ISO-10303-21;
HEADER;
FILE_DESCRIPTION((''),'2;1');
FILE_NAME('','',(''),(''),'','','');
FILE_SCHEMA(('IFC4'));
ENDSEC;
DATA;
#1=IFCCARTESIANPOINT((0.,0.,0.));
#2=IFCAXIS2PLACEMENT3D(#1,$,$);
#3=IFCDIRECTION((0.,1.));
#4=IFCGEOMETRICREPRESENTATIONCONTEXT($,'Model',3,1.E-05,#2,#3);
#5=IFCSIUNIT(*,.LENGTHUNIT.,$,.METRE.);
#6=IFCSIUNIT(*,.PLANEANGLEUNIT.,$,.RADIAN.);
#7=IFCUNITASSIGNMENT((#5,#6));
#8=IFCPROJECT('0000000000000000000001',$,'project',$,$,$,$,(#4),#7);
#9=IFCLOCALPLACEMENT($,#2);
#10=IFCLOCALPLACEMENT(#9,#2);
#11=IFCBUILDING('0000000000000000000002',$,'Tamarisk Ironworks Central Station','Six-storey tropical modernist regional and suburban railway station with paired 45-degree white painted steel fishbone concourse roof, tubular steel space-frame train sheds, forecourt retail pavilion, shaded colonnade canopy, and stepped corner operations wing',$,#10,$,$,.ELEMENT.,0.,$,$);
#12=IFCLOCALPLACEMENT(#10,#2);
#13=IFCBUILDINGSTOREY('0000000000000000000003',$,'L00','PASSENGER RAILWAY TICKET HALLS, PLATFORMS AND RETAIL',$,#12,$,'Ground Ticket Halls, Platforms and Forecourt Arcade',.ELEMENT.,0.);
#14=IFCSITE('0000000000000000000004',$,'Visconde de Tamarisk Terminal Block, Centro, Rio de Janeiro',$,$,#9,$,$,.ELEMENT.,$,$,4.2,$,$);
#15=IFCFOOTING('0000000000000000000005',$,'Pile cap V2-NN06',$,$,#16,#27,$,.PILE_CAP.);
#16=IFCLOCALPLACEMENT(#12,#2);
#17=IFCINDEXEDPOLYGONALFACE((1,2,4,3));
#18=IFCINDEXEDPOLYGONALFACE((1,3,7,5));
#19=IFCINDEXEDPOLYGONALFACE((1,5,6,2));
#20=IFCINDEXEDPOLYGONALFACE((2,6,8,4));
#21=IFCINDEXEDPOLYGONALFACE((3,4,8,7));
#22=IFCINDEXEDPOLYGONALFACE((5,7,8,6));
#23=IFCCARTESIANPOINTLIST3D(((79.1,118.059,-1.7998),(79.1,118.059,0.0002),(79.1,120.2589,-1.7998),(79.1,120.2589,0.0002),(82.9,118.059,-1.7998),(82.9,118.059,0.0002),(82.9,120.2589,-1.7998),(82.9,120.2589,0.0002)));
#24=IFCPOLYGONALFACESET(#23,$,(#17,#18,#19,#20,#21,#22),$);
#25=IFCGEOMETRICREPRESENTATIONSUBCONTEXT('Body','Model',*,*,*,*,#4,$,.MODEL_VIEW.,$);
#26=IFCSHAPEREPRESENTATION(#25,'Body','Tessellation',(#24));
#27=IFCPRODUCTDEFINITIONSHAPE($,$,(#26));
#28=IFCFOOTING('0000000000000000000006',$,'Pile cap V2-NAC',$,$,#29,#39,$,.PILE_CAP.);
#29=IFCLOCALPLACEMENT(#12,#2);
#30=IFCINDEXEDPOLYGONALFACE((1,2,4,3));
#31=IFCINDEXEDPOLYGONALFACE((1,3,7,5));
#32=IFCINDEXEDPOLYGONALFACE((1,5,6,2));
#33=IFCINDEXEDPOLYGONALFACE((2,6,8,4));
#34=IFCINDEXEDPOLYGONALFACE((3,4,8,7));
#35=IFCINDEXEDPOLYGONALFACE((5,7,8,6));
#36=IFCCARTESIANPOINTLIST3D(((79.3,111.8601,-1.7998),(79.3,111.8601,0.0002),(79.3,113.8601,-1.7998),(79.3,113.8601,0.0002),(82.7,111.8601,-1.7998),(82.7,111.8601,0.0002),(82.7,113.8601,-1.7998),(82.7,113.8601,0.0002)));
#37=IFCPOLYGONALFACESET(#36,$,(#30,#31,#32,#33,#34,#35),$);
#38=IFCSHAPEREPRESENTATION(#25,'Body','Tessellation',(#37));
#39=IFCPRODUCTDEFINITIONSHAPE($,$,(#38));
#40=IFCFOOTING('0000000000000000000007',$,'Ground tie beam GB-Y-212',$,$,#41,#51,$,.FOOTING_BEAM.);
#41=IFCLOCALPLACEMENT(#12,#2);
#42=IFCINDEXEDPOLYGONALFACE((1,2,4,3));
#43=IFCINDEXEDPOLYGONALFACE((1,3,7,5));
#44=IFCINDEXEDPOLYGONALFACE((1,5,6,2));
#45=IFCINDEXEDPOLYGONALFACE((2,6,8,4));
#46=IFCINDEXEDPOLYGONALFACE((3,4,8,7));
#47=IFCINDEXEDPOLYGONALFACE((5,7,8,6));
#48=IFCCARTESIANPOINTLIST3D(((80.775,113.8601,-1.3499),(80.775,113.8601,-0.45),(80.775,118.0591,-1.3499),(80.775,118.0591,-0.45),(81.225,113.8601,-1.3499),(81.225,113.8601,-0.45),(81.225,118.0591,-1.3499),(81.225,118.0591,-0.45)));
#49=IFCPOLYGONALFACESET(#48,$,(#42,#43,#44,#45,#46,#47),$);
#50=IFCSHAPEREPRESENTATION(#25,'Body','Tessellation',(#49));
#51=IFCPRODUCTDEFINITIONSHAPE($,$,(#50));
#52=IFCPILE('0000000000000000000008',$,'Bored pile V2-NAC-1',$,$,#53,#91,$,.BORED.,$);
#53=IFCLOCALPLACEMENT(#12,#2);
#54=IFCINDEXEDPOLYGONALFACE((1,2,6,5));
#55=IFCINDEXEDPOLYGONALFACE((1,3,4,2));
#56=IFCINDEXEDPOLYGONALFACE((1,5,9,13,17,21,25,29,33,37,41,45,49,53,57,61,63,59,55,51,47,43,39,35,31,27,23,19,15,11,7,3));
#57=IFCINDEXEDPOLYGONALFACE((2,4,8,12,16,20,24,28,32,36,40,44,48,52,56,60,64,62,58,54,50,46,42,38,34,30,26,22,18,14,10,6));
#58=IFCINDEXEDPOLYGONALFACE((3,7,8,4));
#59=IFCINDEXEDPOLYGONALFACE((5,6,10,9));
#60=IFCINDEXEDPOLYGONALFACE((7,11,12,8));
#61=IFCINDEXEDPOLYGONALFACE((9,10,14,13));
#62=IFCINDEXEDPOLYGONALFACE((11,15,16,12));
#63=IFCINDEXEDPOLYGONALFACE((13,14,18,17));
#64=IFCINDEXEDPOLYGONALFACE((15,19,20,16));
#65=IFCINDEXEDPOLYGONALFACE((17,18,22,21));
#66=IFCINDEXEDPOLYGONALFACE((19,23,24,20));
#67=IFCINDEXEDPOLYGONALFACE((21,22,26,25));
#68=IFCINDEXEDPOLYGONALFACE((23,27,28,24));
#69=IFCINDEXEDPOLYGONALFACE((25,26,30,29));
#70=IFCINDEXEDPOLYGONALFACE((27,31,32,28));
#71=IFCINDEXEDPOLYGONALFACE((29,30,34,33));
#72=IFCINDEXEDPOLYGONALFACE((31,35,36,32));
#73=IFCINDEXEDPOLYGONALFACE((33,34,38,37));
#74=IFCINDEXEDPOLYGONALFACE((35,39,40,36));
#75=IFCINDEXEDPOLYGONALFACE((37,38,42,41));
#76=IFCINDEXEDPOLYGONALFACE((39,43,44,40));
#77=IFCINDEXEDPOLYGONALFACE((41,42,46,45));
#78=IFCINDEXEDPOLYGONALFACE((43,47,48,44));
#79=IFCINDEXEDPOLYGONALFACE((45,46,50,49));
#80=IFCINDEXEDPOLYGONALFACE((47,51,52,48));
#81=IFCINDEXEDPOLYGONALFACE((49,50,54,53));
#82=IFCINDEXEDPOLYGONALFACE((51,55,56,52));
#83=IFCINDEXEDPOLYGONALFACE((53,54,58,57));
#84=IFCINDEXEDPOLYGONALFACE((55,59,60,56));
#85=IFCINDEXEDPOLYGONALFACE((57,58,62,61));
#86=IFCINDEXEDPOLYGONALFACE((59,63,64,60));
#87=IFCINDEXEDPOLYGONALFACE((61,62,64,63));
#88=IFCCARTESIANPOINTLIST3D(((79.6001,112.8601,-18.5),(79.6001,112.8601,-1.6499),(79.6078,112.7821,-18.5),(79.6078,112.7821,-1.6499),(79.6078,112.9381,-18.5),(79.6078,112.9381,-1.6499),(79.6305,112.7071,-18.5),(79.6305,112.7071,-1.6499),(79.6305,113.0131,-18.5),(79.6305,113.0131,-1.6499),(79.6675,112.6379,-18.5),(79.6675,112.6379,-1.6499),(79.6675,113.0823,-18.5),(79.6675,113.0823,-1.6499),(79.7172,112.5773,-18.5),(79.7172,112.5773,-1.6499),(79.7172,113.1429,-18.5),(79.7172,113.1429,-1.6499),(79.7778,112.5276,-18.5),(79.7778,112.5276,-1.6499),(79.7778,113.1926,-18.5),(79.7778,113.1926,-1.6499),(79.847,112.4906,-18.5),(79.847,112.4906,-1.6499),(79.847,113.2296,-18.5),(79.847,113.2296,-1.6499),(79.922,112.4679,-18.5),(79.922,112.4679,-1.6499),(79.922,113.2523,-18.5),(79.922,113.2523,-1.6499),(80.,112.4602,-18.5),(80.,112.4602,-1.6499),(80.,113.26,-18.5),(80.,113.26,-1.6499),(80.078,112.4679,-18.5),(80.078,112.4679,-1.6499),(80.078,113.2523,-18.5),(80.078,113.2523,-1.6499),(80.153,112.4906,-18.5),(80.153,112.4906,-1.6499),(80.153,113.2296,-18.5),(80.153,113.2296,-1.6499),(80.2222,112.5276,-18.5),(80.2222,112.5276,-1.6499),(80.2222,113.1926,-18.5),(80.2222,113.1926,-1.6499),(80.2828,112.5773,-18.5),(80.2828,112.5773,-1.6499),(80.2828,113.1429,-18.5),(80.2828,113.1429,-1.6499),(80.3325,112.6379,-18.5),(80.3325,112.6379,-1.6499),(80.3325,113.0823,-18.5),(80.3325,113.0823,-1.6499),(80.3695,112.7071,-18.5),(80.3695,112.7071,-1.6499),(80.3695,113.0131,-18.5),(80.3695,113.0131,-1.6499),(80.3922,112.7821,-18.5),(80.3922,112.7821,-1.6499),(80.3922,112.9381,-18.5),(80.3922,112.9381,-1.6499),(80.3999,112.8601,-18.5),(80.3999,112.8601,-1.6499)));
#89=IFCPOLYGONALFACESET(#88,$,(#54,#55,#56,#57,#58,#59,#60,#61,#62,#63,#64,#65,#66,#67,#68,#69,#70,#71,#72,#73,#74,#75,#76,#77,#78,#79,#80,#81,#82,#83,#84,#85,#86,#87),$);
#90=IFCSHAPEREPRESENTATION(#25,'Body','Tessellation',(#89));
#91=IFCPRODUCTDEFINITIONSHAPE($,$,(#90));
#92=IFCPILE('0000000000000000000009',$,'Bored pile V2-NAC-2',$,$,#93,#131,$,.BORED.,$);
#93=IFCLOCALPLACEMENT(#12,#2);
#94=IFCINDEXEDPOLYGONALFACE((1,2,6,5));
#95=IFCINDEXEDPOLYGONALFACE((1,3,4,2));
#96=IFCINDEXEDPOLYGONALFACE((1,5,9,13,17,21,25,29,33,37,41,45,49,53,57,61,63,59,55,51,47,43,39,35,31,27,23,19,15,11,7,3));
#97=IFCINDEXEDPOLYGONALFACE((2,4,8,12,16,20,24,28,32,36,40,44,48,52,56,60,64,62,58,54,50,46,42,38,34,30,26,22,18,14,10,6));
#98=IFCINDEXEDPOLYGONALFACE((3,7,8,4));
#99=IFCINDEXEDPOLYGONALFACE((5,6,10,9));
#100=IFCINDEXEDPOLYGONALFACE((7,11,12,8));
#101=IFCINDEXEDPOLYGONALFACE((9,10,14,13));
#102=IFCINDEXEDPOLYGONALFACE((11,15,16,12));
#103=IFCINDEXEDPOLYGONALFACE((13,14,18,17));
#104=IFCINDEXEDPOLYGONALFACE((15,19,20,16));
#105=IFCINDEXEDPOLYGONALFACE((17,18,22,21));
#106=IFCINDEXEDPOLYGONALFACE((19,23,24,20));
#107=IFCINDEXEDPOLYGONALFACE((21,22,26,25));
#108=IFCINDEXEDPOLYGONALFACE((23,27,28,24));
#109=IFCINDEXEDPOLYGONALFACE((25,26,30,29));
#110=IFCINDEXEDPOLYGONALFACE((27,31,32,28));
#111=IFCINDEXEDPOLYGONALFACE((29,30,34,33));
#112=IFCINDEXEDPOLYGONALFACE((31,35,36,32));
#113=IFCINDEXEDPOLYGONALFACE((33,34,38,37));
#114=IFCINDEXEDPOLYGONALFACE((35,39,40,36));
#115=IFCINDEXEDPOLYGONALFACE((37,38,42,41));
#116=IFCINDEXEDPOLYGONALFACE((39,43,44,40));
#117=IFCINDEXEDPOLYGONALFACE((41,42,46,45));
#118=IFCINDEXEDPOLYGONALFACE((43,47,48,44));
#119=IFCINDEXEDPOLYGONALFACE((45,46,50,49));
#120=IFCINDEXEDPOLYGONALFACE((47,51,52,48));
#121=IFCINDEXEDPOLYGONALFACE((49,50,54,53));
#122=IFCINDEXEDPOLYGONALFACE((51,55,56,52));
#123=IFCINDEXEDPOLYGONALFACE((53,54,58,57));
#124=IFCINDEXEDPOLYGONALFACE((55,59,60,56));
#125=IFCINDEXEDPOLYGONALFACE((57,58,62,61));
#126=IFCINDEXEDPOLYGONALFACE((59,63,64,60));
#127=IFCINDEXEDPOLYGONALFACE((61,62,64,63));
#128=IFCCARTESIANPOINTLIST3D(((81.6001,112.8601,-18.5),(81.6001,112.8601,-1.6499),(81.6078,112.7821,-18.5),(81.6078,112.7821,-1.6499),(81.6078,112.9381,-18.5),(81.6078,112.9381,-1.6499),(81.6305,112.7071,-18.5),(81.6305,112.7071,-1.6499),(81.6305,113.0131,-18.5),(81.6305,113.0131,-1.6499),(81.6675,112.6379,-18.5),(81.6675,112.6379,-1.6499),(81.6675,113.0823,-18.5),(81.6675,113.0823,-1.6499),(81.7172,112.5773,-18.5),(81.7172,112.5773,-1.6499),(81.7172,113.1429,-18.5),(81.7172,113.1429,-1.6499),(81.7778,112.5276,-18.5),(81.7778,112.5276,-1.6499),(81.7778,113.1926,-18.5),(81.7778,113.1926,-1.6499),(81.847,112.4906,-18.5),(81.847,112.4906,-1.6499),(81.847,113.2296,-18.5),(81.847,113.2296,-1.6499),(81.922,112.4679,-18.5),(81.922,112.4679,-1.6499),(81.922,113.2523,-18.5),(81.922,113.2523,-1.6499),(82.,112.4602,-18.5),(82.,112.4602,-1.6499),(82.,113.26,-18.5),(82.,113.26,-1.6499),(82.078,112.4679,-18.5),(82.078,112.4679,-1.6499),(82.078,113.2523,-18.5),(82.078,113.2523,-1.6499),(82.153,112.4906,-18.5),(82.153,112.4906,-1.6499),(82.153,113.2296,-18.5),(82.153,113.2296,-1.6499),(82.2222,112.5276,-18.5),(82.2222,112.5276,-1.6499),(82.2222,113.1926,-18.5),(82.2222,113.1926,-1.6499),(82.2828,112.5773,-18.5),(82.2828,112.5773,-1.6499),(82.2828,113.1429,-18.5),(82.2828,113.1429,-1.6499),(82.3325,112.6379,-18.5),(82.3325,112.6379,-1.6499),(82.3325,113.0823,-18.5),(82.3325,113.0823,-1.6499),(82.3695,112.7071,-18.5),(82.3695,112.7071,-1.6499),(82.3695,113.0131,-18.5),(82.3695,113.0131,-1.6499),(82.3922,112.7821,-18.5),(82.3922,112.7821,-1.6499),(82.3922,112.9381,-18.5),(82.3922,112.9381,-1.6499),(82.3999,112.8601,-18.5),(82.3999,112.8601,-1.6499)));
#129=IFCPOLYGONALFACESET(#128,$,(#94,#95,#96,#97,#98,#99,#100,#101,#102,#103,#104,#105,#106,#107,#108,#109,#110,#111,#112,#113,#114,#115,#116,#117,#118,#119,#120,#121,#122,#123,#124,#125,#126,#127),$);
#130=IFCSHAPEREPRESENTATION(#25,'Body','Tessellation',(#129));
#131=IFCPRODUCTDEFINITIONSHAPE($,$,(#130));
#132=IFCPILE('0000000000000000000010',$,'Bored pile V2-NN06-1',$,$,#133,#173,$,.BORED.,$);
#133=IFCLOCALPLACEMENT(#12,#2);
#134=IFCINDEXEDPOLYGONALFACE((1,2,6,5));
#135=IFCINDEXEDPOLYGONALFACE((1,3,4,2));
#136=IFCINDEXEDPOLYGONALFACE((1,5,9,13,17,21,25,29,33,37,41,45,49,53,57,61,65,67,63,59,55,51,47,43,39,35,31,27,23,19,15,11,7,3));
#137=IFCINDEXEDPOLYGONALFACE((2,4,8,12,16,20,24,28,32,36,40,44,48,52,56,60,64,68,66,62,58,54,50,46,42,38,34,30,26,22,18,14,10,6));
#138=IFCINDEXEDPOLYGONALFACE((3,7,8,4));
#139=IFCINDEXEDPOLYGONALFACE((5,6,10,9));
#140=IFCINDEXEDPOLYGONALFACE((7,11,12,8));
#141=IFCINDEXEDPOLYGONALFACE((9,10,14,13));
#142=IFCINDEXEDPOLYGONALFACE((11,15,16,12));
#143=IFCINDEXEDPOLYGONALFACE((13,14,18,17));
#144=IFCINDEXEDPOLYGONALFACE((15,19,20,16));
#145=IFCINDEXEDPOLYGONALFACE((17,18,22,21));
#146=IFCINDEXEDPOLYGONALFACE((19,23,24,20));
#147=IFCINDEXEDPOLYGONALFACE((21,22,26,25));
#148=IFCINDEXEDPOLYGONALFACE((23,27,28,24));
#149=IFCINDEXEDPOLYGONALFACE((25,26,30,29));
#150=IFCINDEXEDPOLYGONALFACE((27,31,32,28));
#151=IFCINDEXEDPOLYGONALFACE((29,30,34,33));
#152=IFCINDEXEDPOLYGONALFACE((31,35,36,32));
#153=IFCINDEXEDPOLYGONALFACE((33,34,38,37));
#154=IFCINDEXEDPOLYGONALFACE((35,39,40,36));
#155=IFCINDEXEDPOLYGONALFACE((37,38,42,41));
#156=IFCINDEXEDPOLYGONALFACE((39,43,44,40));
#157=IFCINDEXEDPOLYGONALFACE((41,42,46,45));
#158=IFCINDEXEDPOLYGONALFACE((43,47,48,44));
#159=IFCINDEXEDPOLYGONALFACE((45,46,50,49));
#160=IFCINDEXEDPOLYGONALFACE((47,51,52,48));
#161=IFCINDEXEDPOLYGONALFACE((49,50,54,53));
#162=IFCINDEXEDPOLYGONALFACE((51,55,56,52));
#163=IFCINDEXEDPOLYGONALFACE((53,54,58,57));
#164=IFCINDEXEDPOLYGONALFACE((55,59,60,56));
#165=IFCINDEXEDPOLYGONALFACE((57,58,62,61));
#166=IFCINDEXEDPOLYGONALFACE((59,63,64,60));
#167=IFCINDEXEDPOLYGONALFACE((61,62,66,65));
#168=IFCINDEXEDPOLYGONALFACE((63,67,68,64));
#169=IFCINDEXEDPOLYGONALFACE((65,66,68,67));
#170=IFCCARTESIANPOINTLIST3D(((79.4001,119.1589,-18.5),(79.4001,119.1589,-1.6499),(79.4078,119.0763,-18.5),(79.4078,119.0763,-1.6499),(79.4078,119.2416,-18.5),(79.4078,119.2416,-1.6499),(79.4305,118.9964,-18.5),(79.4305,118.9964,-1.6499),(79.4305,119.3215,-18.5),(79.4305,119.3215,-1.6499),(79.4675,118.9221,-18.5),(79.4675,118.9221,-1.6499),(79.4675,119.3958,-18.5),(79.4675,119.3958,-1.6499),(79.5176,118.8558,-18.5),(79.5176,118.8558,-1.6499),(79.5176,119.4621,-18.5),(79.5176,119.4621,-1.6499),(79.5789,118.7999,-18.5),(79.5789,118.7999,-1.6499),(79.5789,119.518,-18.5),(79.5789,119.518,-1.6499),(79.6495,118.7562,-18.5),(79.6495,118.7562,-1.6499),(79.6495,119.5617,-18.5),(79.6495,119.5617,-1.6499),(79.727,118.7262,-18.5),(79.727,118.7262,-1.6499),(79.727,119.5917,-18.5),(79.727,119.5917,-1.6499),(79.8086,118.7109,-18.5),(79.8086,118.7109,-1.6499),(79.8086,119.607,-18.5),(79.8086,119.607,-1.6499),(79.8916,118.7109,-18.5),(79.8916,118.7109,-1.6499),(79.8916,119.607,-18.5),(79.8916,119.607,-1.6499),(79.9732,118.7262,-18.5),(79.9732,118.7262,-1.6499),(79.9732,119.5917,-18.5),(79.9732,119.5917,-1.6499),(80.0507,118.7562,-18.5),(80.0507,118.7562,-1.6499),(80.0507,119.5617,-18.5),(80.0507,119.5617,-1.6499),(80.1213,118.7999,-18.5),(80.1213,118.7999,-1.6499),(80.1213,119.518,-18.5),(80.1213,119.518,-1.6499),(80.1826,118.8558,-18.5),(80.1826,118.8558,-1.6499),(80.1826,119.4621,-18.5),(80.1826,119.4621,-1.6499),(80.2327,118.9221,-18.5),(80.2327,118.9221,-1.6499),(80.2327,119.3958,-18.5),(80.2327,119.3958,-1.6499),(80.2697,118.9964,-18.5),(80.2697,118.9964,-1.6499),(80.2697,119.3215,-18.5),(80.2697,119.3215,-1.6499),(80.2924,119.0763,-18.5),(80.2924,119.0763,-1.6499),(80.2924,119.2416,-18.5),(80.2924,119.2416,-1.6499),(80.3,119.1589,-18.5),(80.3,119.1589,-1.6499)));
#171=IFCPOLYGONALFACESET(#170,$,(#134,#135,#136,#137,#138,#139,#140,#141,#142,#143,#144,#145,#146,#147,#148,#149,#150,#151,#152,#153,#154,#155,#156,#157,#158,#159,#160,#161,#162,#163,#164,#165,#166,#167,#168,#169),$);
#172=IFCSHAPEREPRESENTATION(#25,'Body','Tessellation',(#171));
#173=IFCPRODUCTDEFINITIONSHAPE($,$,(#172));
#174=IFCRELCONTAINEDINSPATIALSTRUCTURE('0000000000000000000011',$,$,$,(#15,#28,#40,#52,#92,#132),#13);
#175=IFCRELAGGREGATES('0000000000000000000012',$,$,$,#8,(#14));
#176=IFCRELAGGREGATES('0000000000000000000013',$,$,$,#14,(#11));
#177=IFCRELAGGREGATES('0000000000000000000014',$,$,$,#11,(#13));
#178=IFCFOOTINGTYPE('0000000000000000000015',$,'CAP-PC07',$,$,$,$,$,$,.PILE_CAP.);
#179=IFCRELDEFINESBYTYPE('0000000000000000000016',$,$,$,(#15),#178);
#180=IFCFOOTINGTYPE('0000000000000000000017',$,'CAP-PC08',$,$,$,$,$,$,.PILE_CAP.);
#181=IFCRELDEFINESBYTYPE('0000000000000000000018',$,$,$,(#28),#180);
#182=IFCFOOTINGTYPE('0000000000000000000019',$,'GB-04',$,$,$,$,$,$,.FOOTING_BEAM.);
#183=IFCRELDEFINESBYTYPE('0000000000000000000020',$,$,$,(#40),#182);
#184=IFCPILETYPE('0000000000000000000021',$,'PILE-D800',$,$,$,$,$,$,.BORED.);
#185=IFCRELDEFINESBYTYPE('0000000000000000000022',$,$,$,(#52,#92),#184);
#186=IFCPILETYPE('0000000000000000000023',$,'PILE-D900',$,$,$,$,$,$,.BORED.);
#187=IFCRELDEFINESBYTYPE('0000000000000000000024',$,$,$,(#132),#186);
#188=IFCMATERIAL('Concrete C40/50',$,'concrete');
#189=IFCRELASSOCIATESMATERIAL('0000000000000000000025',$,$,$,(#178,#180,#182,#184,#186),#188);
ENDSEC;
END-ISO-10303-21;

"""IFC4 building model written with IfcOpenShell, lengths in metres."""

from ifc_helpers import new_model, si_unit, direction, frame, origin, origin_2d, place, context, subcontext, project, spatial, rectangle, circle, extrude, material, material_profile, profile_set, type_object, element, save


model = new_model("IFC4")

# Units and contexts
model_context = context("Model", 3, precision=1e-05, world=origin(), true_north=direction((0.0, 1.0)))
body_context = subcontext(model_context, "Body", "Model", "MODEL_VIEW")
ifc_project = project(units=[si_unit("LENGTHUNIT", "METRE"), si_unit("PLANEANGLEUNIT", "RADIAN")], contexts=[model_context])

# Site, building, storey
site_placement = place(None, origin())
site = spatial("IfcSite", under=ifc_project, at=site_placement, Name="Visconde de Tamarisk Terminal Block, Centro, Rio de Janeiro", CompositionType="ELEMENT", RefElevation=4.2)
building_placement = place(site_placement, origin())
building = spatial("IfcBuilding", under=site, at=building_placement, Name="Tamarisk Ironworks Central Station", Description="Six-storey tropical modernist regional and suburban railway station with paired 45-degree white painted steel fishbone concourse roof, tubular steel space-frame train sheds, forecourt retail pavilion, shaded colonnade canopy, and stepped corner operations wing", CompositionType="ELEMENT", ElevationOfRefHeight=0.0)
storey_placement = place(building_placement, origin())
storey = spatial("IfcBuildingStorey", under=building, at=storey_placement, Name="L00", Description="PASSENGER RAILWAY TICKET HALLS, PLATFORMS AND RETAIL", LongName="Ground Ticket Halls, Platforms and Forecourt Arcade", CompositionType="ELEMENT", Elevation=0.0)

# Footings
ifc_material_1 = material(Name="Concrete C40/50", Category="concrete")
footing_type_1 = type_object("IfcFootingType", Name="CAP-PC07", PredefinedType="PILE_CAP", material=ifc_material_1)
footing_1_placement = place(storey_placement, frame((81.0, 119.1589, -1.7998), z_axis=(0.0, 0.0, 1.0), x_axis=(1.0, 0.0, 0.0)))
element("IfcFooting", 1, at=footing_1_placement, inside=storey, type_object=footing_type_1, Name="Pile cap V2-NN06", PredefinedType="PILE_CAP", context=body_context, shape_type="SweptSolid", body=[
    extrude(rectangle(XDim=3.8, YDim=2.2, at=origin_2d()), origin(), (0.0, 0.0, 1.0), 1.8),
])
footing_type_2 = type_object("IfcFootingType", Name="CAP-PC08", PredefinedType="PILE_CAP", material=ifc_material_1)
footing_2_placement = place(storey_placement, frame((81.0, 112.8601, -1.7998), z_axis=(0.0, 0.0, 1.0), x_axis=(1.0, 0.0, 0.0)))
element("IfcFooting", 2, at=footing_2_placement, inside=storey, type_object=footing_type_2, Name="Pile cap V2-NAC", PredefinedType="PILE_CAP", context=body_context, shape_type="SweptSolid", body=[
    extrude(rectangle(XDim=3.3999, YDim=2.0, at=origin_2d()), origin(), (0.0, 0.0, 1.0), 1.8),
])
ifc_material_profile_1 = material_profile(ifc_material_1, rectangle(XDim=0.45, YDim=0.8999, at=origin_2d()), Name="GB04 450x900")
ifc_profile_set_1 = profile_set([ifc_material_profile_1], Name="Concrete C40/50")
footing_type_3 = type_object("IfcFootingType", Name="GB-04", PredefinedType="FOOTING_BEAM", material=ifc_profile_set_1)
footing_3_placement = place(storey_placement, frame((81.0, 113.8601, -0.8999), z_axis=(0.0, 1.0, 0.0), x_axis=(-1.0, 0.0, 0.0)))
element("IfcFooting", 3, at=footing_3_placement, inside=storey, type_object=footing_type_3, Name="Ground tie beam GB-Y-212", PredefinedType="FOOTING_BEAM", context=body_context, shape_type="SweptSolid", body=[
    extrude(rectangle(XDim=0.45, YDim=0.8999, at=origin_2d()), origin(), (0.0, 0.0, 1.0), 4.199),
])

# Piles
ifc_material_profile_2 = material_profile(ifc_material_1, circle(Radius=0.3999, at=origin_2d()), Name="BORED PILE D800")
ifc_profile_set_2 = profile_set([ifc_material_profile_2], Name="Concrete C40/50")
pile_type_1 = type_object("IfcPileType", Name="PILE-D800", PredefinedType="BORED", material=ifc_profile_set_2)
for number, where, z_axis, x_axis, name in (
    (4, (80.0, 112.8601, -1.6499), (0.0, 0.0, -1.0), (1.0, 0.0, 0.0), "Bored pile V2-NAC-1"),
    (5, (82.0, 112.8601, -1.6499), (0.0, 0.0, -1.0), (1.0, 0.0, 0.0), "Bored pile V2-NAC-2"),
):
    element("IfcPile", number, at=place(storey_placement, frame(where, z_axis=z_axis, x_axis=x_axis)), inside=storey, type_object=pile_type_1, Name=name, PredefinedType="BORED", context=body_context, shape_type="SweptSolid", body=[
        extrude(circle(Radius=0.3999, at=origin_2d()), origin(), (0.0, 0.0, 1.0), 16.8501),
    ])
ifc_material_profile_3 = material_profile(ifc_material_1, circle(Radius=0.45, at=origin_2d()), Name="BORED PILE D900")
ifc_profile_set_3 = profile_set([ifc_material_profile_3], Name="Concrete C40/50")
pile_type_2 = type_object("IfcPileType", Name="PILE-D900", PredefinedType="BORED", material=ifc_profile_set_3)
for number, where, z_axis, x_axis, name in (
    (6, (79.8501, 119.1589, -1.6499), (0.0, 0.0, -1.0), (1.0, 0.0, 0.0), "Bored pile V2-NN06-1"),
):
    element("IfcPile", number, at=place(storey_placement, frame(where, z_axis=z_axis, x_axis=x_axis)), inside=storey, type_object=pile_type_2, Name=name, PredefinedType="BORED", context=body_context, shape_type="SweptSolid", body=[
        extrude(circle(Radius=0.45, at=origin_2d()), origin(), (0.0, 0.0, 1.0), 16.8501),
    ])

save(model, "model.ifc")
